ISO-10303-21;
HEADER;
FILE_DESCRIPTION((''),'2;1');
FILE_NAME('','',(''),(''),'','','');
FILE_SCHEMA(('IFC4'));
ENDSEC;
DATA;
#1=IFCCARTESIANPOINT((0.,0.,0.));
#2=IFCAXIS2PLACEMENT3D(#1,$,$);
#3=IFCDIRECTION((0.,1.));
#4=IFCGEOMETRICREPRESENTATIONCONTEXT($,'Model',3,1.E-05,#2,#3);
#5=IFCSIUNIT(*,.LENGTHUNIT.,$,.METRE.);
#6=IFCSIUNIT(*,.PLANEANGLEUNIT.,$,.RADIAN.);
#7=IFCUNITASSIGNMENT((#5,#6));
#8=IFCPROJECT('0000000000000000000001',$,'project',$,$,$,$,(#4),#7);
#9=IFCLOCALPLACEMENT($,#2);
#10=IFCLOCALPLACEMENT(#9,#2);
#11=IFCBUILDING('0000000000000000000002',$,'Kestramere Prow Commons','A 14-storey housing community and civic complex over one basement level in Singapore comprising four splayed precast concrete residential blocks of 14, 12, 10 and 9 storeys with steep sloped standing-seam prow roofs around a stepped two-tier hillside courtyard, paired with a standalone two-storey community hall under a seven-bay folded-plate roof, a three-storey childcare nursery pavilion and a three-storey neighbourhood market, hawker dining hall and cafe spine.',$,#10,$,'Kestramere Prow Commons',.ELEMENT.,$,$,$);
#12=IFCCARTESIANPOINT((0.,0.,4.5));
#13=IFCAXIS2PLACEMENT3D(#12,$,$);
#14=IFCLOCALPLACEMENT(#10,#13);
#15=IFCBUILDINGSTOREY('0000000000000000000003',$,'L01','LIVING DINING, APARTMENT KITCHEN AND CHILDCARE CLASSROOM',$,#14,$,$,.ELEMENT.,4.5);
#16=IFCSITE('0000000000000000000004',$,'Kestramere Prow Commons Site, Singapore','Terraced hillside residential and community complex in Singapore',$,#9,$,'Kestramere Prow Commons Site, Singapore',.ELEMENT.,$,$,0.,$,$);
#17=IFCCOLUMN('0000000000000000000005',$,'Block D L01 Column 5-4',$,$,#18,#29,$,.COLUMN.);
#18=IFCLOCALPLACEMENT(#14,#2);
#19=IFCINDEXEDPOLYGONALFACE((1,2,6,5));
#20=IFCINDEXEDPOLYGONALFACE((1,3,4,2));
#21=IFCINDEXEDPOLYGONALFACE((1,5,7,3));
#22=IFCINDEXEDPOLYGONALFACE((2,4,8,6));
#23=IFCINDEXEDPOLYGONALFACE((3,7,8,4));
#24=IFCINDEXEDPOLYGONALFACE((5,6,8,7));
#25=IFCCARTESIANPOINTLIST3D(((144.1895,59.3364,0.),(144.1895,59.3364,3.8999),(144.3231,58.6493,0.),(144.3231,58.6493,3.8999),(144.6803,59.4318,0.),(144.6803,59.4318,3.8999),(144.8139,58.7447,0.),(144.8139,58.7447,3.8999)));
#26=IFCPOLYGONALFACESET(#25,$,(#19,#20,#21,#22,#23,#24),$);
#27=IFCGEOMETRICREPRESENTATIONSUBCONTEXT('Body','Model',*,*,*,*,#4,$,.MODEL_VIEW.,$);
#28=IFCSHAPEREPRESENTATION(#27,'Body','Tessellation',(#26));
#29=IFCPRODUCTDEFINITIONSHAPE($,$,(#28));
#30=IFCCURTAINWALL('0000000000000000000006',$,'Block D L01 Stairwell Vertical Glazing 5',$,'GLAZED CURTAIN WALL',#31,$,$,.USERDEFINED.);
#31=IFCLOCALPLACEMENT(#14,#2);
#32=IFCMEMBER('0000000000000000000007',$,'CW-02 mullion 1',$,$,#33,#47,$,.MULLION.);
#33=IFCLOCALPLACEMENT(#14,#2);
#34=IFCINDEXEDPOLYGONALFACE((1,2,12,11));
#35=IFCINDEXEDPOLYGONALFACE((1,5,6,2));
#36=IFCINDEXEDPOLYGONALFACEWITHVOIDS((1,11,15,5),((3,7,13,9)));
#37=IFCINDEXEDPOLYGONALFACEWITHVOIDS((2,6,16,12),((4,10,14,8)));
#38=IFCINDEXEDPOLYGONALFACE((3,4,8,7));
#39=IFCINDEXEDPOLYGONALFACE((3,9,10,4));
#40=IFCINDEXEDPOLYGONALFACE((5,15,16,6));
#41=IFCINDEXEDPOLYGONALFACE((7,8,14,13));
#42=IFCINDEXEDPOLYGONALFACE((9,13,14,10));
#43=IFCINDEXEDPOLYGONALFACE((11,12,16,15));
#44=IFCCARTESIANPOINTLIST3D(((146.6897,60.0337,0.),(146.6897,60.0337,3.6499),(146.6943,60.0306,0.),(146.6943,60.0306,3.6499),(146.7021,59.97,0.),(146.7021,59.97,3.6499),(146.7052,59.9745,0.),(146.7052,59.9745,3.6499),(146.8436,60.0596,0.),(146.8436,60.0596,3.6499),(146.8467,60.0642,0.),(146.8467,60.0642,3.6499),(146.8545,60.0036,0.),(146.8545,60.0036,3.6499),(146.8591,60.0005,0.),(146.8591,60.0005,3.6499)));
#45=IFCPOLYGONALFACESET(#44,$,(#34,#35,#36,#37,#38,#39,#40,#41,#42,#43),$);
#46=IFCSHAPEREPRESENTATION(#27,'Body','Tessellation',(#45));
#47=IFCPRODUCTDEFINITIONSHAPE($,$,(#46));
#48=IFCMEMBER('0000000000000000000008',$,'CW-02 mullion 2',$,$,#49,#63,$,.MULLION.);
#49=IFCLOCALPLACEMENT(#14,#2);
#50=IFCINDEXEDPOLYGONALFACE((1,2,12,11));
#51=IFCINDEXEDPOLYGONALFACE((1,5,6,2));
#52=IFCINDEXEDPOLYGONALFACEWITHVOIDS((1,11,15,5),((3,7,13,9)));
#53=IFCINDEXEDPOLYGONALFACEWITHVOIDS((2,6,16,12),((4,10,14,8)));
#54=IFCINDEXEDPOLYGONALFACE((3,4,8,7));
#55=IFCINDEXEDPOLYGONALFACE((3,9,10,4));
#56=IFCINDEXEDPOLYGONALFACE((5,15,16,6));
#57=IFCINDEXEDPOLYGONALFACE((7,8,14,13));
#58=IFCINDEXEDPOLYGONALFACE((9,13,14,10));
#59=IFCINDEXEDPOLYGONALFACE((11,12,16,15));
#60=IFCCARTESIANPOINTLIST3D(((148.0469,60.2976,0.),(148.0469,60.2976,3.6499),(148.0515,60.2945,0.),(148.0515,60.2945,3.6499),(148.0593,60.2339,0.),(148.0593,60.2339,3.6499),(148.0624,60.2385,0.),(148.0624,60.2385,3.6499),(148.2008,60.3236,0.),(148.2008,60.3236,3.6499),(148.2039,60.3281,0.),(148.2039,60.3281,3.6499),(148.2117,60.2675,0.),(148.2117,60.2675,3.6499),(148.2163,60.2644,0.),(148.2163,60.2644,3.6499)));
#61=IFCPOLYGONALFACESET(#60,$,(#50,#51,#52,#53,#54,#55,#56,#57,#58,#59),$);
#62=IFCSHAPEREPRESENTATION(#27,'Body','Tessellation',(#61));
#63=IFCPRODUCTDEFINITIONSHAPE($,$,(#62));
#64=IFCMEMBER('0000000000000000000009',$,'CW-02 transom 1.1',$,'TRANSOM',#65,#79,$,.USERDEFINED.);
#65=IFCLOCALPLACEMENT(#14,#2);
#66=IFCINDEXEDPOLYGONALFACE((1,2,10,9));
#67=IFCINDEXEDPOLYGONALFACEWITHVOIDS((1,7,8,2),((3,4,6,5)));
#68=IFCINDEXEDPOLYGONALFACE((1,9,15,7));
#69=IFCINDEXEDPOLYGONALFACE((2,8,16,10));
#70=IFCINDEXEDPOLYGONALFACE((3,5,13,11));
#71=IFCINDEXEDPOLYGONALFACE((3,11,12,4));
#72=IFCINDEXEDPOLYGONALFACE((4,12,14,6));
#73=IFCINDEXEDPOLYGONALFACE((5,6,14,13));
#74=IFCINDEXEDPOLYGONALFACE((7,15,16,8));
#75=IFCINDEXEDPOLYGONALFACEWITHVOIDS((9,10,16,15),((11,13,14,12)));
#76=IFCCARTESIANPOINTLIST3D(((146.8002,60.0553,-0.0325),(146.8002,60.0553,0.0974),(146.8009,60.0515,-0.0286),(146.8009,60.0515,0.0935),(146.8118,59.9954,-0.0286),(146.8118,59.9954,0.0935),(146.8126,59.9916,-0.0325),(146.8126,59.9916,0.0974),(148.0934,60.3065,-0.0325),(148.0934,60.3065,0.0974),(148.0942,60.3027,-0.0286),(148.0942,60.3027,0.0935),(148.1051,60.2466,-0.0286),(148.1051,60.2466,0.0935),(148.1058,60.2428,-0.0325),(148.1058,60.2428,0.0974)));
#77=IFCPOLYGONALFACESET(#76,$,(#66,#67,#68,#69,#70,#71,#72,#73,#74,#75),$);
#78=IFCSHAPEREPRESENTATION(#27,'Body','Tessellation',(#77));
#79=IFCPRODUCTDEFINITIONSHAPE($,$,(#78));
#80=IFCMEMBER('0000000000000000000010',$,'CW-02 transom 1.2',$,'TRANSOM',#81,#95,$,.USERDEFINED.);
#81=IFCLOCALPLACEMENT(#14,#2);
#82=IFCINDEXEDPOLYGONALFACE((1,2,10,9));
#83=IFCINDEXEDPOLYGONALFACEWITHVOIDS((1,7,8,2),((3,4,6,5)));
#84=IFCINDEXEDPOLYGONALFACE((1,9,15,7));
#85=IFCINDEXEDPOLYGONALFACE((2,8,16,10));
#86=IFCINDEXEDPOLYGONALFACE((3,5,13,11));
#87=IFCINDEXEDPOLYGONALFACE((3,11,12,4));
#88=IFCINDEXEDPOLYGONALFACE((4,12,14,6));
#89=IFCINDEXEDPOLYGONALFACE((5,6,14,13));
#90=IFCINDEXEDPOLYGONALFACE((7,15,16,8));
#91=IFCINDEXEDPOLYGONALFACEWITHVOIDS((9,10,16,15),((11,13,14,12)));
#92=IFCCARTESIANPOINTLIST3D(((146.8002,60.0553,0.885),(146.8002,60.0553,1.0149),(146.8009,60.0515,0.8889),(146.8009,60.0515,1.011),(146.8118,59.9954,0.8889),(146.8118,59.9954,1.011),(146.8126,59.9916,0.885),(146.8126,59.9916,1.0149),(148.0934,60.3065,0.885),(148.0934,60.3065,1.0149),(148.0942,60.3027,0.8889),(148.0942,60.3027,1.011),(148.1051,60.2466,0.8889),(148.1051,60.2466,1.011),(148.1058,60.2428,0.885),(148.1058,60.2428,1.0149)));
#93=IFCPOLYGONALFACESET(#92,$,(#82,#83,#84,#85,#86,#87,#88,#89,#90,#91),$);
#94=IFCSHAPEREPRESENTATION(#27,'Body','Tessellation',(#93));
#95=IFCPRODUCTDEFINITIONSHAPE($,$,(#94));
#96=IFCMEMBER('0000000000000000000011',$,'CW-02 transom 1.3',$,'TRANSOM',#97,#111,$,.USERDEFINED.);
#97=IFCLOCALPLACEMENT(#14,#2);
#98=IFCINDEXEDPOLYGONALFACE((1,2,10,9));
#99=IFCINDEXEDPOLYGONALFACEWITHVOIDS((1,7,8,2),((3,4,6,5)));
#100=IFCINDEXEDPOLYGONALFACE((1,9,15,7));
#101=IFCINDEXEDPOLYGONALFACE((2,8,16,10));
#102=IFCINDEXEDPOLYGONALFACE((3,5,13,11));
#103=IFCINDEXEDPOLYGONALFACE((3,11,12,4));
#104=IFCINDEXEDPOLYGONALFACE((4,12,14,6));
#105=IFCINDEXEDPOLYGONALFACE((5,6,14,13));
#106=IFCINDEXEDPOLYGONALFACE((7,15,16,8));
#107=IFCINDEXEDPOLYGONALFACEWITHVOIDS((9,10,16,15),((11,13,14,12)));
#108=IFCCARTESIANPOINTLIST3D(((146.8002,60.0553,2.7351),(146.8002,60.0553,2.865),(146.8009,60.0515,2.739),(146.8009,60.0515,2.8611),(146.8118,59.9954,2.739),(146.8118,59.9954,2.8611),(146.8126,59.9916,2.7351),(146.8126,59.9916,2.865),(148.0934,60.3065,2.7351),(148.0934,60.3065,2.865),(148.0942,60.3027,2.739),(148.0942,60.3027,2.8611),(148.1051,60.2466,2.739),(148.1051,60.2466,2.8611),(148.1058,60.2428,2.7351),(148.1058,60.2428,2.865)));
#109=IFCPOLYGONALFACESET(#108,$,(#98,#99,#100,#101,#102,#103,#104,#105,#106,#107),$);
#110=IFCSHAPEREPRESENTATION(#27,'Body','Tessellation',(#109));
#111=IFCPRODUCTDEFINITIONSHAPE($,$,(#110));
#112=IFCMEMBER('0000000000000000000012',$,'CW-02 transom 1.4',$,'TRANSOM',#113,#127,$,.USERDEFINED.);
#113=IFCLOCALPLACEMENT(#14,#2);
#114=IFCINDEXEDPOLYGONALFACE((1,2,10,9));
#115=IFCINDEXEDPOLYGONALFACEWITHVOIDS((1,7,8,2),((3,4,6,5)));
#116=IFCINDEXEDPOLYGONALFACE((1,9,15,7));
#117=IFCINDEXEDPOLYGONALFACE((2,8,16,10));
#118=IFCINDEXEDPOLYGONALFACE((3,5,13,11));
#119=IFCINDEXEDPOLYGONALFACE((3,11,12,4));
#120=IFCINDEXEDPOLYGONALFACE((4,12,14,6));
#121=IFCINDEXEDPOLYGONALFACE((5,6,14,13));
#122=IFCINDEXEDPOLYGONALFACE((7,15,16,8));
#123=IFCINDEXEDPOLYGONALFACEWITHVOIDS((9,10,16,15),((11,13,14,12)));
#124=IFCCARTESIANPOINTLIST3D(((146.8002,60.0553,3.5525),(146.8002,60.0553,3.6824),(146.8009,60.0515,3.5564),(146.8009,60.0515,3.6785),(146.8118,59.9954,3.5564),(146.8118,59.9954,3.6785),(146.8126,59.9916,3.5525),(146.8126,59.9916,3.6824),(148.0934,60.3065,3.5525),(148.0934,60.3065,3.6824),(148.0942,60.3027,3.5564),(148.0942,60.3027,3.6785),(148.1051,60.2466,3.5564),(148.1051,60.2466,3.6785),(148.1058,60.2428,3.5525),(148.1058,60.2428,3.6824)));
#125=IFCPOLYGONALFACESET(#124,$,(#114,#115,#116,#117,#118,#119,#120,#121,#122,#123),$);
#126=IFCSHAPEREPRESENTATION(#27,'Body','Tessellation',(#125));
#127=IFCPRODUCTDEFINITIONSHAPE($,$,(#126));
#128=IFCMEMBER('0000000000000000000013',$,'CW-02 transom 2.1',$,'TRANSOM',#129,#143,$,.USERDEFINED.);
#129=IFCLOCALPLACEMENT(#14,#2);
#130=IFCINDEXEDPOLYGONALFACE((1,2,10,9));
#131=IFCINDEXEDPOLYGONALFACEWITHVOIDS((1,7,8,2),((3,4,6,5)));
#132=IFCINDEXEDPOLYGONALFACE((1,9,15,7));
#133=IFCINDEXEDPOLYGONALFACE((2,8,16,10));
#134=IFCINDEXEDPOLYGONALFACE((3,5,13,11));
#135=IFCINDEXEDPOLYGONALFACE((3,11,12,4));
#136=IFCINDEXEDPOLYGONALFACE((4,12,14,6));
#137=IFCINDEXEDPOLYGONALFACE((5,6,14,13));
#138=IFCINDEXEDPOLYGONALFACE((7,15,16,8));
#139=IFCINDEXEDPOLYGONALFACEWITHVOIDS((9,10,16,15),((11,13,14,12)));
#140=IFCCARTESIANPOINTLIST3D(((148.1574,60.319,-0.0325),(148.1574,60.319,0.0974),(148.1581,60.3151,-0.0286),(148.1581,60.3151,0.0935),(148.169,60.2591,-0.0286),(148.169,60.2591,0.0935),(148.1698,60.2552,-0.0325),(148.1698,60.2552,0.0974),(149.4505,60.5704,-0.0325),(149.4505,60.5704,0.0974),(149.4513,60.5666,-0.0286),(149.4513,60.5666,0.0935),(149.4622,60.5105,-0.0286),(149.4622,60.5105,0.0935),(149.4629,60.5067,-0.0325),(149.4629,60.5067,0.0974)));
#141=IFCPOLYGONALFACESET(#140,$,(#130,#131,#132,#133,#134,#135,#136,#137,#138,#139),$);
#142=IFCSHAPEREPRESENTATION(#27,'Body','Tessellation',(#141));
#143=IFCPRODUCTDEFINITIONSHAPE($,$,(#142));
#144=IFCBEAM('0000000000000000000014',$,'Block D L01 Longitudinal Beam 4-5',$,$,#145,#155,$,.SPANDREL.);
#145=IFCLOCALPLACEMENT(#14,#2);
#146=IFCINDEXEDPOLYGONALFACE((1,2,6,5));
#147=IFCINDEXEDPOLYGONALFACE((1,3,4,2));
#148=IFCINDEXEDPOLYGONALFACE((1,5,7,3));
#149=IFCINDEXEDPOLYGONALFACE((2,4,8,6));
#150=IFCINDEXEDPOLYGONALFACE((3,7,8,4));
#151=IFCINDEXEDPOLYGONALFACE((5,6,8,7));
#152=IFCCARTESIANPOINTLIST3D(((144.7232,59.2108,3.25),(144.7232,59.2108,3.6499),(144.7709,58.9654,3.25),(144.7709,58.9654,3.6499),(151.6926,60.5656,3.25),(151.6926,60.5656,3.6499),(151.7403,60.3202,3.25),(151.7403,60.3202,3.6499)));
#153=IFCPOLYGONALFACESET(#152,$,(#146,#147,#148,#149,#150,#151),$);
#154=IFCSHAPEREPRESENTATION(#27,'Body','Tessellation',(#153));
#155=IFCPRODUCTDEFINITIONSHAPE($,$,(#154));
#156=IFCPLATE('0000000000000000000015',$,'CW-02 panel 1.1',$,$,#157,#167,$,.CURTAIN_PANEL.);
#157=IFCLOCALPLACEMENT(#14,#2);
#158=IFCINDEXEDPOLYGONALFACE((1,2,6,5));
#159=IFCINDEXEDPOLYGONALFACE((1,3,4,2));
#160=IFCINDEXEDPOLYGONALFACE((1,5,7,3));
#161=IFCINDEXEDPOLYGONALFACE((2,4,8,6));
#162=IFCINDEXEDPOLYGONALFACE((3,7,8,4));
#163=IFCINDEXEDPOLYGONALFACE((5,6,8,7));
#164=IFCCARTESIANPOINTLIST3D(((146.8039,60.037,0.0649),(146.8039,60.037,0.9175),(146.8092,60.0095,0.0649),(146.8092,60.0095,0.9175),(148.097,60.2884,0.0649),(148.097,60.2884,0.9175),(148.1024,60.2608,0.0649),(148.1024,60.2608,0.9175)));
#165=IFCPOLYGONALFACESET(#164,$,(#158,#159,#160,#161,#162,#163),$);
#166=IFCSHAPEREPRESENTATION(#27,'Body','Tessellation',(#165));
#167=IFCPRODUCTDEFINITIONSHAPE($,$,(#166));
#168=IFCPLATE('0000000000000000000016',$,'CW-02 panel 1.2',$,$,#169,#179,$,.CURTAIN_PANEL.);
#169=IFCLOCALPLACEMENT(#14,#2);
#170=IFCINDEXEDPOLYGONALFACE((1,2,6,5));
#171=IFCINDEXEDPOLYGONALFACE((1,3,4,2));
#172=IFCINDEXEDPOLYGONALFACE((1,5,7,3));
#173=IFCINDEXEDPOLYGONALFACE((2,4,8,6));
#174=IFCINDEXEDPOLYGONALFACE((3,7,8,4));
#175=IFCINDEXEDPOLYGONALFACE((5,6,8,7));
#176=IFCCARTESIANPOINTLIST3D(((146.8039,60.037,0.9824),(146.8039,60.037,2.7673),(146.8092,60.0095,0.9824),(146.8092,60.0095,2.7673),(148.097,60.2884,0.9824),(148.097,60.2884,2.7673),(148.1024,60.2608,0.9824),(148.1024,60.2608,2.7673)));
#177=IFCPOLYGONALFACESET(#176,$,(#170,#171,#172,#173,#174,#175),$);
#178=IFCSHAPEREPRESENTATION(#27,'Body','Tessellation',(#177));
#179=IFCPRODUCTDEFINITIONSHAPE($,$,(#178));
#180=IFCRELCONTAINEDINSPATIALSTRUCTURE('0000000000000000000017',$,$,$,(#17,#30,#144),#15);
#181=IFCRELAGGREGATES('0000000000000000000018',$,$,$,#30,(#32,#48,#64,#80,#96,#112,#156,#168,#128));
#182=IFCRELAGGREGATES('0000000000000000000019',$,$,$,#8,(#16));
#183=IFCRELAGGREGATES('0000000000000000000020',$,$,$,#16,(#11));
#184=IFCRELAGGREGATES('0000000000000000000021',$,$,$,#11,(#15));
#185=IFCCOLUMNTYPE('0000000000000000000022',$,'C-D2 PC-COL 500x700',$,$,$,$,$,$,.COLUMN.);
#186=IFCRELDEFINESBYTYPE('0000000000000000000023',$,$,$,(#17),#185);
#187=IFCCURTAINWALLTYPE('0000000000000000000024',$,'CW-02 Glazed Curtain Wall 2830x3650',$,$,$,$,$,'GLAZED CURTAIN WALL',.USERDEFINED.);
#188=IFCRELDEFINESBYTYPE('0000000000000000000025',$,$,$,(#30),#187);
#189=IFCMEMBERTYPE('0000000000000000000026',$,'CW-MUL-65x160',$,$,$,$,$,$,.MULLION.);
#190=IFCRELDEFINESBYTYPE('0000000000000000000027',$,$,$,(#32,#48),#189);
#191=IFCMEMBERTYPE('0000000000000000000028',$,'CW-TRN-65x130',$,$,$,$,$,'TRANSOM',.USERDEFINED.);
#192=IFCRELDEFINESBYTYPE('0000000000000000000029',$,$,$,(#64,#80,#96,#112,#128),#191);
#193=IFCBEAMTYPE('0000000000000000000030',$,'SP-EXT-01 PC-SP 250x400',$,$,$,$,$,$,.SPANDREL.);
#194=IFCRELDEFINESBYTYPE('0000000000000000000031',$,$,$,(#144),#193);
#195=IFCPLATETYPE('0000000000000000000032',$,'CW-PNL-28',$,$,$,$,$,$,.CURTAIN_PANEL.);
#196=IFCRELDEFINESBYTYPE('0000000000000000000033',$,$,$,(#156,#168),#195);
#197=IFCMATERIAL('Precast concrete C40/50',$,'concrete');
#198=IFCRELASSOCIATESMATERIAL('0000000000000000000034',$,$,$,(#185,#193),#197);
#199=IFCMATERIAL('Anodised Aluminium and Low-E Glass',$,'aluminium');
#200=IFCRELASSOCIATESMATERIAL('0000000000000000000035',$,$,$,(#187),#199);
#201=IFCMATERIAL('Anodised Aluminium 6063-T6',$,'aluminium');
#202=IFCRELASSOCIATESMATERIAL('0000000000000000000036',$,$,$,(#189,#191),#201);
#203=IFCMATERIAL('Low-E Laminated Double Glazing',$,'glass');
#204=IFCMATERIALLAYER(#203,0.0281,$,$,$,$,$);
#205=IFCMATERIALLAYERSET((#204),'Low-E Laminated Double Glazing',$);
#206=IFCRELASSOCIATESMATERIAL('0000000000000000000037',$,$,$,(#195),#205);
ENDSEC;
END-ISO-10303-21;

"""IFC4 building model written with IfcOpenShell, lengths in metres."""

from ifc_helpers import new_model, si_unit, direction, frame, origin, origin_2d, place, context, subcontext, project, spatial, rectangle, hollow_rectangle, extrude, material, layer, layer_set, material_profile, profile_set, type_object, element, aggregate, save


model = new_model("IFC4")

# Units and contexts
model_context = context("Model", 3, precision=1e-05, world=origin(), true_north=direction((0.0, 1.0)))
body_context = subcontext(model_context, "Body", "Model", "MODEL_VIEW")
ifc_project = project(units=[si_unit("LENGTHUNIT", "METRE"), si_unit("PLANEANGLEUNIT", "RADIAN")], contexts=[model_context])

# Site, building, storey
site_placement = place(None, origin())
site = spatial("IfcSite", under=ifc_project, at=site_placement, Name="Kestramere Prow Commons Site, Singapore", Description="Terraced hillside residential and community complex in Singapore", LongName="Kestramere Prow Commons Site, Singapore", CompositionType="ELEMENT", RefElevation=0.0)
building_placement = place(site_placement, origin())
building = spatial("IfcBuilding", under=site, at=building_placement, Name="Kestramere Prow Commons", Description="A 14-storey housing community and civic complex over one basement level in Singapore comprising four splayed precast concrete residential blocks of 14, 12, 10 and 9 storeys with steep sloped standing-seam prow roofs around a stepped two-tier hillside courtyard, paired with a standalone two-storey community hall under a seven-bay folded-plate roof, a three-storey childcare nursery pavilion and a three-storey neighbourhood market, hawker dining hall and cafe spine.", LongName="Kestramere Prow Commons", CompositionType="ELEMENT")
storey_placement = place(building_placement, frame((0.0, 0.0, 4.5)))
storey = spatial("IfcBuildingStorey", under=building, at=storey_placement, Name="L01", Description="LIVING DINING, APARTMENT KITCHEN AND CHILDCARE CLASSROOM", CompositionType="ELEMENT", Elevation=4.5)

# Column
ifc_material_1 = material(Name="Precast concrete C40/50", Category="concrete")
ifc_material_profile_1 = material_profile(ifc_material_1, rectangle(XDim=0.5, YDim=0.7, at=origin_2d()), Name="PC-COL 500x700")
ifc_profile_set_1 = profile_set([ifc_material_profile_1], Name="Precast concrete C40/50")
column_type = type_object("IfcColumnType", Name="C-D2 PC-COL 500x700", PredefinedType="COLUMN", material=ifc_profile_set_1)
column_placement = place(storey_placement, frame((144.5017, 59.0405, 0.0), z_axis=(0.0, 0.0, 1.0), x_axis=(0.981627, 0.190809, 0.0)))
element("IfcColumn", 1, at=column_placement, inside=storey, type_object=column_type, Name="Block D L01 Column 5-4", PredefinedType="COLUMN", context=body_context, shape_type="SweptSolid", body=[
    extrude(rectangle(XDim=0.5, YDim=0.7, at=origin_2d()), origin(), (0.0, 0.0, 1.0), 3.8999),
])

# Curtain wall, members
ifc_material_2 = material(Name="Anodised Aluminium and Low-E Glass", Category="aluminium")
curtain_wall_type = type_object("IfcCurtainWallType", Name="CW-02 Glazed Curtain Wall 2830x3650", ElementType="GLAZED CURTAIN WALL", PredefinedType="USERDEFINED", material=ifc_material_2)
curtain_wall_placement = place(storey_placement, origin())
curtain_wall = element("IfcCurtainWall", 2, at=curtain_wall_placement, inside=storey, type_object=curtain_wall_type, Name="Block D L01 Stairwell Vertical Glazing 5", ObjectType="GLAZED CURTAIN WALL", PredefinedType="USERDEFINED")
ifc_material_3 = material(Name="Anodised Aluminium 6063-T6", Category="aluminium")
ifc_material_profile_2 = material_profile(ifc_material_3, hollow_rectangle(XDim=0.0649, YDim=0.1599, WallThickness=0.0039, at=origin_2d()), Name="ALU-MUL 65x160")
ifc_profile_set_2 = profile_set([ifc_material_profile_2], Name="Anodised Aluminium 6063-T6")
member_type_1 = type_object("IfcMemberType", Name="CW-MUL-65x160", PredefinedType="MULLION", material=ifc_profile_set_2)
member_1_placement = place(storey_placement, frame((146.7744, 60.0171, 0.0), z_axis=(0.0, 0.0, 1.0), x_axis=(-0.190809, 0.981627, 0.0)))
member_1 = element("IfcMember", 3, at=member_1_placement, type_object=member_type_1, Name="CW-02 mullion 1", PredefinedType="MULLION", context=body_context, shape_type="SweptSolid", body=[
    extrude(hollow_rectangle(XDim=0.0649, YDim=0.1599, WallThickness=0.0039, at=origin_2d()), origin(), (0.0, 0.0, 1.0), 3.6499),
])
member_2_placement = place(storey_placement, frame((148.1316, 60.281, 0.0), z_axis=(0.0, 0.0, 1.0), x_axis=(-0.190809, 0.981627, 0.0)))
member_2 = element("IfcMember", 4, at=member_2_placement, type_object=member_type_1, Name="CW-02 mullion 2", PredefinedType="MULLION", context=body_context, shape_type="SweptSolid", body=[
    extrude(hollow_rectangle(XDim=0.0649, YDim=0.1599, WallThickness=0.0039, at=origin_2d()), origin(), (0.0, 0.0, 1.0), 3.6499),
])
ifc_material_profile_3 = material_profile(ifc_material_3, hollow_rectangle(XDim=0.0649, YDim=0.1299, WallThickness=0.0039, at=origin_2d()), Name="ALU-TRN 65x130")
ifc_profile_set_3 = profile_set([ifc_material_profile_3], Name="Anodised Aluminium 6063-T6")
member_type_2 = type_object("IfcMemberType", Name="CW-TRN-65x130", ElementType="TRANSOM", PredefinedType="USERDEFINED", material=ifc_profile_set_3)
member_3_placement = place(storey_placement, frame((146.8064, 60.0234, 0.0325), z_axis=(0.981649, 0.190696, 0.0), x_axis=(-0.190696, 0.981649, 0.0)))
member_3 = element("IfcMember", 5, at=member_3_placement, type_object=member_type_2, Name="CW-02 transom 1.1", ObjectType="TRANSOM", PredefinedType="USERDEFINED", context=body_context, shape_type="SweptSolid", body=[
    extrude(hollow_rectangle(XDim=0.0649, YDim=0.1299, WallThickness=0.0039, at=origin_2d()), origin(), (0.0, 0.0, 1.0), 1.3174),
])
member_4_placement = place(storey_placement, frame((146.8064, 60.0234, 0.95), z_axis=(0.981649, 0.190696, 0.0), x_axis=(-0.190696, 0.981649, 0.0)))
member_4 = element("IfcMember", 6, at=member_4_placement, type_object=member_type_2, Name="CW-02 transom 1.2", ObjectType="TRANSOM", PredefinedType="USERDEFINED", context=body_context, shape_type="SweptSolid", body=[
    extrude(hollow_rectangle(XDim=0.0649, YDim=0.1299, WallThickness=0.0039, at=origin_2d()), origin(), (0.0, 0.0, 1.0), 1.3174),
])
member_5_placement = place(storey_placement, frame((146.8064, 60.0234, 2.8), z_axis=(0.981649, 0.190696, 0.0), x_axis=(-0.190696, 0.981649, 0.0)))
member_5 = element("IfcMember", 7, at=member_5_placement, type_object=member_type_2, Name="CW-02 transom 1.3", ObjectType="TRANSOM", PredefinedType="USERDEFINED", context=body_context, shape_type="SweptSolid", body=[
    extrude(hollow_rectangle(XDim=0.0649, YDim=0.1299, WallThickness=0.0039, at=origin_2d()), origin(), (0.0, 0.0, 1.0), 1.3174),
])
member_6_placement = place(storey_placement, frame((146.8064, 60.0234, 3.6174), z_axis=(0.981649, 0.190696, 0.0), x_axis=(-0.190696, 0.981649, 0.0)))
member_6 = element("IfcMember", 8, at=member_6_placement, type_object=member_type_2, Name="CW-02 transom 1.4", ObjectType="TRANSOM", PredefinedType="USERDEFINED", context=body_context, shape_type="SweptSolid", body=[
    extrude(hollow_rectangle(XDim=0.0649, YDim=0.1299, WallThickness=0.0039, at=origin_2d()), origin(), (0.0, 0.0, 1.0), 1.3174),
])
member_7_placement = place(storey_placement, frame((148.1636, 60.2871, 0.0325), z_axis=(0.981614, 0.190875, 0.0), x_axis=(-0.190875, 0.981614, 0.0)))
member_7 = element("IfcMember", 9, at=member_7_placement, type_object=member_type_2, Name="CW-02 transom 2.1", ObjectType="TRANSOM", PredefinedType="USERDEFINED", context=body_context, shape_type="SweptSolid", body=[
    extrude(hollow_rectangle(XDim=0.0649, YDim=0.1299, WallThickness=0.0039, at=origin_2d()), origin(), (0.0, 0.0, 1.0), 1.3174),
])

# Beam
ifc_material_profile_4 = material_profile(ifc_material_1, rectangle(XDim=0.25, YDim=0.3999, at=origin_2d()), Name="PC-SP 250x400")
ifc_profile_set_4 = profile_set([ifc_material_profile_4], Name="Precast concrete C40/50")
beam_type = type_object("IfcBeamType", Name="SP-EXT-01 PC-SP 250x400", PredefinedType="SPANDREL", material=ifc_profile_set_4)
beam_placement = place(storey_placement, frame((144.7471, 59.0881, 3.45), z_axis=(0.981627, 0.19081, 0.0), x_axis=(-0.19081, 0.981627, 0.0)))
element("IfcBeam", 10, at=beam_placement, inside=storey, type_object=beam_type, Name="Block D L01 Longitudinal Beam 4-5", PredefinedType="SPANDREL", context=body_context, shape_type="SweptSolid", body=[
    extrude(rectangle(XDim=0.25, YDim=0.3999, at=origin_2d()), origin(), (0.0, 0.0, 1.0), 7.0999),
])

# Plates
ifc_material_4 = material(Name="Low-E Laminated Double Glazing", Category="glass")
ifc_layer_1 = layer(ifc_material_4, 0.0281)
ifc_layer_set_1 = layer_set([ifc_layer_1], Name="Low-E Laminated Double Glazing")
plate_type = type_object("IfcPlateType", Name="CW-PNL-28", PredefinedType="CURTAIN_PANEL", material=ifc_layer_set_1)
plate_1_placement = place(storey_placement, frame((147.4531, 60.1489, 0.0649), z_axis=(0.0, 0.0, 1.0), x_axis=(0.981627, 0.190809, 0.0)))
plate_1 = element("IfcPlate", 11, at=plate_1_placement, type_object=plate_type, Name="CW-02 panel 1.1", PredefinedType="CURTAIN_PANEL", context=body_context, shape_type="SweptSolid", body=[
    extrude(rectangle(XDim=1.3174, YDim=0.0281, at=origin_2d()), origin(), (0.0, 0.0, 1.0), 0.8525),
])
plate_2_placement = place(storey_placement, frame((147.4531, 60.1489, 0.9824), z_axis=(0.0, 0.0, 1.0), x_axis=(0.981627, 0.190809, 0.0)))
plate_2 = element("IfcPlate", 12, at=plate_2_placement, type_object=plate_type, Name="CW-02 panel 1.2", PredefinedType="CURTAIN_PANEL", context=body_context, shape_type="SweptSolid", body=[
    extrude(rectangle(XDim=1.3174, YDim=0.0281, at=origin_2d()), origin(), (0.0, 0.0, 1.0), 1.7849),
])
aggregate(curtain_wall, [member_1, member_2, member_3, member_4, member_5, member_6, plate_1, plate_2, member_7])

save(model, "model.ifc")
